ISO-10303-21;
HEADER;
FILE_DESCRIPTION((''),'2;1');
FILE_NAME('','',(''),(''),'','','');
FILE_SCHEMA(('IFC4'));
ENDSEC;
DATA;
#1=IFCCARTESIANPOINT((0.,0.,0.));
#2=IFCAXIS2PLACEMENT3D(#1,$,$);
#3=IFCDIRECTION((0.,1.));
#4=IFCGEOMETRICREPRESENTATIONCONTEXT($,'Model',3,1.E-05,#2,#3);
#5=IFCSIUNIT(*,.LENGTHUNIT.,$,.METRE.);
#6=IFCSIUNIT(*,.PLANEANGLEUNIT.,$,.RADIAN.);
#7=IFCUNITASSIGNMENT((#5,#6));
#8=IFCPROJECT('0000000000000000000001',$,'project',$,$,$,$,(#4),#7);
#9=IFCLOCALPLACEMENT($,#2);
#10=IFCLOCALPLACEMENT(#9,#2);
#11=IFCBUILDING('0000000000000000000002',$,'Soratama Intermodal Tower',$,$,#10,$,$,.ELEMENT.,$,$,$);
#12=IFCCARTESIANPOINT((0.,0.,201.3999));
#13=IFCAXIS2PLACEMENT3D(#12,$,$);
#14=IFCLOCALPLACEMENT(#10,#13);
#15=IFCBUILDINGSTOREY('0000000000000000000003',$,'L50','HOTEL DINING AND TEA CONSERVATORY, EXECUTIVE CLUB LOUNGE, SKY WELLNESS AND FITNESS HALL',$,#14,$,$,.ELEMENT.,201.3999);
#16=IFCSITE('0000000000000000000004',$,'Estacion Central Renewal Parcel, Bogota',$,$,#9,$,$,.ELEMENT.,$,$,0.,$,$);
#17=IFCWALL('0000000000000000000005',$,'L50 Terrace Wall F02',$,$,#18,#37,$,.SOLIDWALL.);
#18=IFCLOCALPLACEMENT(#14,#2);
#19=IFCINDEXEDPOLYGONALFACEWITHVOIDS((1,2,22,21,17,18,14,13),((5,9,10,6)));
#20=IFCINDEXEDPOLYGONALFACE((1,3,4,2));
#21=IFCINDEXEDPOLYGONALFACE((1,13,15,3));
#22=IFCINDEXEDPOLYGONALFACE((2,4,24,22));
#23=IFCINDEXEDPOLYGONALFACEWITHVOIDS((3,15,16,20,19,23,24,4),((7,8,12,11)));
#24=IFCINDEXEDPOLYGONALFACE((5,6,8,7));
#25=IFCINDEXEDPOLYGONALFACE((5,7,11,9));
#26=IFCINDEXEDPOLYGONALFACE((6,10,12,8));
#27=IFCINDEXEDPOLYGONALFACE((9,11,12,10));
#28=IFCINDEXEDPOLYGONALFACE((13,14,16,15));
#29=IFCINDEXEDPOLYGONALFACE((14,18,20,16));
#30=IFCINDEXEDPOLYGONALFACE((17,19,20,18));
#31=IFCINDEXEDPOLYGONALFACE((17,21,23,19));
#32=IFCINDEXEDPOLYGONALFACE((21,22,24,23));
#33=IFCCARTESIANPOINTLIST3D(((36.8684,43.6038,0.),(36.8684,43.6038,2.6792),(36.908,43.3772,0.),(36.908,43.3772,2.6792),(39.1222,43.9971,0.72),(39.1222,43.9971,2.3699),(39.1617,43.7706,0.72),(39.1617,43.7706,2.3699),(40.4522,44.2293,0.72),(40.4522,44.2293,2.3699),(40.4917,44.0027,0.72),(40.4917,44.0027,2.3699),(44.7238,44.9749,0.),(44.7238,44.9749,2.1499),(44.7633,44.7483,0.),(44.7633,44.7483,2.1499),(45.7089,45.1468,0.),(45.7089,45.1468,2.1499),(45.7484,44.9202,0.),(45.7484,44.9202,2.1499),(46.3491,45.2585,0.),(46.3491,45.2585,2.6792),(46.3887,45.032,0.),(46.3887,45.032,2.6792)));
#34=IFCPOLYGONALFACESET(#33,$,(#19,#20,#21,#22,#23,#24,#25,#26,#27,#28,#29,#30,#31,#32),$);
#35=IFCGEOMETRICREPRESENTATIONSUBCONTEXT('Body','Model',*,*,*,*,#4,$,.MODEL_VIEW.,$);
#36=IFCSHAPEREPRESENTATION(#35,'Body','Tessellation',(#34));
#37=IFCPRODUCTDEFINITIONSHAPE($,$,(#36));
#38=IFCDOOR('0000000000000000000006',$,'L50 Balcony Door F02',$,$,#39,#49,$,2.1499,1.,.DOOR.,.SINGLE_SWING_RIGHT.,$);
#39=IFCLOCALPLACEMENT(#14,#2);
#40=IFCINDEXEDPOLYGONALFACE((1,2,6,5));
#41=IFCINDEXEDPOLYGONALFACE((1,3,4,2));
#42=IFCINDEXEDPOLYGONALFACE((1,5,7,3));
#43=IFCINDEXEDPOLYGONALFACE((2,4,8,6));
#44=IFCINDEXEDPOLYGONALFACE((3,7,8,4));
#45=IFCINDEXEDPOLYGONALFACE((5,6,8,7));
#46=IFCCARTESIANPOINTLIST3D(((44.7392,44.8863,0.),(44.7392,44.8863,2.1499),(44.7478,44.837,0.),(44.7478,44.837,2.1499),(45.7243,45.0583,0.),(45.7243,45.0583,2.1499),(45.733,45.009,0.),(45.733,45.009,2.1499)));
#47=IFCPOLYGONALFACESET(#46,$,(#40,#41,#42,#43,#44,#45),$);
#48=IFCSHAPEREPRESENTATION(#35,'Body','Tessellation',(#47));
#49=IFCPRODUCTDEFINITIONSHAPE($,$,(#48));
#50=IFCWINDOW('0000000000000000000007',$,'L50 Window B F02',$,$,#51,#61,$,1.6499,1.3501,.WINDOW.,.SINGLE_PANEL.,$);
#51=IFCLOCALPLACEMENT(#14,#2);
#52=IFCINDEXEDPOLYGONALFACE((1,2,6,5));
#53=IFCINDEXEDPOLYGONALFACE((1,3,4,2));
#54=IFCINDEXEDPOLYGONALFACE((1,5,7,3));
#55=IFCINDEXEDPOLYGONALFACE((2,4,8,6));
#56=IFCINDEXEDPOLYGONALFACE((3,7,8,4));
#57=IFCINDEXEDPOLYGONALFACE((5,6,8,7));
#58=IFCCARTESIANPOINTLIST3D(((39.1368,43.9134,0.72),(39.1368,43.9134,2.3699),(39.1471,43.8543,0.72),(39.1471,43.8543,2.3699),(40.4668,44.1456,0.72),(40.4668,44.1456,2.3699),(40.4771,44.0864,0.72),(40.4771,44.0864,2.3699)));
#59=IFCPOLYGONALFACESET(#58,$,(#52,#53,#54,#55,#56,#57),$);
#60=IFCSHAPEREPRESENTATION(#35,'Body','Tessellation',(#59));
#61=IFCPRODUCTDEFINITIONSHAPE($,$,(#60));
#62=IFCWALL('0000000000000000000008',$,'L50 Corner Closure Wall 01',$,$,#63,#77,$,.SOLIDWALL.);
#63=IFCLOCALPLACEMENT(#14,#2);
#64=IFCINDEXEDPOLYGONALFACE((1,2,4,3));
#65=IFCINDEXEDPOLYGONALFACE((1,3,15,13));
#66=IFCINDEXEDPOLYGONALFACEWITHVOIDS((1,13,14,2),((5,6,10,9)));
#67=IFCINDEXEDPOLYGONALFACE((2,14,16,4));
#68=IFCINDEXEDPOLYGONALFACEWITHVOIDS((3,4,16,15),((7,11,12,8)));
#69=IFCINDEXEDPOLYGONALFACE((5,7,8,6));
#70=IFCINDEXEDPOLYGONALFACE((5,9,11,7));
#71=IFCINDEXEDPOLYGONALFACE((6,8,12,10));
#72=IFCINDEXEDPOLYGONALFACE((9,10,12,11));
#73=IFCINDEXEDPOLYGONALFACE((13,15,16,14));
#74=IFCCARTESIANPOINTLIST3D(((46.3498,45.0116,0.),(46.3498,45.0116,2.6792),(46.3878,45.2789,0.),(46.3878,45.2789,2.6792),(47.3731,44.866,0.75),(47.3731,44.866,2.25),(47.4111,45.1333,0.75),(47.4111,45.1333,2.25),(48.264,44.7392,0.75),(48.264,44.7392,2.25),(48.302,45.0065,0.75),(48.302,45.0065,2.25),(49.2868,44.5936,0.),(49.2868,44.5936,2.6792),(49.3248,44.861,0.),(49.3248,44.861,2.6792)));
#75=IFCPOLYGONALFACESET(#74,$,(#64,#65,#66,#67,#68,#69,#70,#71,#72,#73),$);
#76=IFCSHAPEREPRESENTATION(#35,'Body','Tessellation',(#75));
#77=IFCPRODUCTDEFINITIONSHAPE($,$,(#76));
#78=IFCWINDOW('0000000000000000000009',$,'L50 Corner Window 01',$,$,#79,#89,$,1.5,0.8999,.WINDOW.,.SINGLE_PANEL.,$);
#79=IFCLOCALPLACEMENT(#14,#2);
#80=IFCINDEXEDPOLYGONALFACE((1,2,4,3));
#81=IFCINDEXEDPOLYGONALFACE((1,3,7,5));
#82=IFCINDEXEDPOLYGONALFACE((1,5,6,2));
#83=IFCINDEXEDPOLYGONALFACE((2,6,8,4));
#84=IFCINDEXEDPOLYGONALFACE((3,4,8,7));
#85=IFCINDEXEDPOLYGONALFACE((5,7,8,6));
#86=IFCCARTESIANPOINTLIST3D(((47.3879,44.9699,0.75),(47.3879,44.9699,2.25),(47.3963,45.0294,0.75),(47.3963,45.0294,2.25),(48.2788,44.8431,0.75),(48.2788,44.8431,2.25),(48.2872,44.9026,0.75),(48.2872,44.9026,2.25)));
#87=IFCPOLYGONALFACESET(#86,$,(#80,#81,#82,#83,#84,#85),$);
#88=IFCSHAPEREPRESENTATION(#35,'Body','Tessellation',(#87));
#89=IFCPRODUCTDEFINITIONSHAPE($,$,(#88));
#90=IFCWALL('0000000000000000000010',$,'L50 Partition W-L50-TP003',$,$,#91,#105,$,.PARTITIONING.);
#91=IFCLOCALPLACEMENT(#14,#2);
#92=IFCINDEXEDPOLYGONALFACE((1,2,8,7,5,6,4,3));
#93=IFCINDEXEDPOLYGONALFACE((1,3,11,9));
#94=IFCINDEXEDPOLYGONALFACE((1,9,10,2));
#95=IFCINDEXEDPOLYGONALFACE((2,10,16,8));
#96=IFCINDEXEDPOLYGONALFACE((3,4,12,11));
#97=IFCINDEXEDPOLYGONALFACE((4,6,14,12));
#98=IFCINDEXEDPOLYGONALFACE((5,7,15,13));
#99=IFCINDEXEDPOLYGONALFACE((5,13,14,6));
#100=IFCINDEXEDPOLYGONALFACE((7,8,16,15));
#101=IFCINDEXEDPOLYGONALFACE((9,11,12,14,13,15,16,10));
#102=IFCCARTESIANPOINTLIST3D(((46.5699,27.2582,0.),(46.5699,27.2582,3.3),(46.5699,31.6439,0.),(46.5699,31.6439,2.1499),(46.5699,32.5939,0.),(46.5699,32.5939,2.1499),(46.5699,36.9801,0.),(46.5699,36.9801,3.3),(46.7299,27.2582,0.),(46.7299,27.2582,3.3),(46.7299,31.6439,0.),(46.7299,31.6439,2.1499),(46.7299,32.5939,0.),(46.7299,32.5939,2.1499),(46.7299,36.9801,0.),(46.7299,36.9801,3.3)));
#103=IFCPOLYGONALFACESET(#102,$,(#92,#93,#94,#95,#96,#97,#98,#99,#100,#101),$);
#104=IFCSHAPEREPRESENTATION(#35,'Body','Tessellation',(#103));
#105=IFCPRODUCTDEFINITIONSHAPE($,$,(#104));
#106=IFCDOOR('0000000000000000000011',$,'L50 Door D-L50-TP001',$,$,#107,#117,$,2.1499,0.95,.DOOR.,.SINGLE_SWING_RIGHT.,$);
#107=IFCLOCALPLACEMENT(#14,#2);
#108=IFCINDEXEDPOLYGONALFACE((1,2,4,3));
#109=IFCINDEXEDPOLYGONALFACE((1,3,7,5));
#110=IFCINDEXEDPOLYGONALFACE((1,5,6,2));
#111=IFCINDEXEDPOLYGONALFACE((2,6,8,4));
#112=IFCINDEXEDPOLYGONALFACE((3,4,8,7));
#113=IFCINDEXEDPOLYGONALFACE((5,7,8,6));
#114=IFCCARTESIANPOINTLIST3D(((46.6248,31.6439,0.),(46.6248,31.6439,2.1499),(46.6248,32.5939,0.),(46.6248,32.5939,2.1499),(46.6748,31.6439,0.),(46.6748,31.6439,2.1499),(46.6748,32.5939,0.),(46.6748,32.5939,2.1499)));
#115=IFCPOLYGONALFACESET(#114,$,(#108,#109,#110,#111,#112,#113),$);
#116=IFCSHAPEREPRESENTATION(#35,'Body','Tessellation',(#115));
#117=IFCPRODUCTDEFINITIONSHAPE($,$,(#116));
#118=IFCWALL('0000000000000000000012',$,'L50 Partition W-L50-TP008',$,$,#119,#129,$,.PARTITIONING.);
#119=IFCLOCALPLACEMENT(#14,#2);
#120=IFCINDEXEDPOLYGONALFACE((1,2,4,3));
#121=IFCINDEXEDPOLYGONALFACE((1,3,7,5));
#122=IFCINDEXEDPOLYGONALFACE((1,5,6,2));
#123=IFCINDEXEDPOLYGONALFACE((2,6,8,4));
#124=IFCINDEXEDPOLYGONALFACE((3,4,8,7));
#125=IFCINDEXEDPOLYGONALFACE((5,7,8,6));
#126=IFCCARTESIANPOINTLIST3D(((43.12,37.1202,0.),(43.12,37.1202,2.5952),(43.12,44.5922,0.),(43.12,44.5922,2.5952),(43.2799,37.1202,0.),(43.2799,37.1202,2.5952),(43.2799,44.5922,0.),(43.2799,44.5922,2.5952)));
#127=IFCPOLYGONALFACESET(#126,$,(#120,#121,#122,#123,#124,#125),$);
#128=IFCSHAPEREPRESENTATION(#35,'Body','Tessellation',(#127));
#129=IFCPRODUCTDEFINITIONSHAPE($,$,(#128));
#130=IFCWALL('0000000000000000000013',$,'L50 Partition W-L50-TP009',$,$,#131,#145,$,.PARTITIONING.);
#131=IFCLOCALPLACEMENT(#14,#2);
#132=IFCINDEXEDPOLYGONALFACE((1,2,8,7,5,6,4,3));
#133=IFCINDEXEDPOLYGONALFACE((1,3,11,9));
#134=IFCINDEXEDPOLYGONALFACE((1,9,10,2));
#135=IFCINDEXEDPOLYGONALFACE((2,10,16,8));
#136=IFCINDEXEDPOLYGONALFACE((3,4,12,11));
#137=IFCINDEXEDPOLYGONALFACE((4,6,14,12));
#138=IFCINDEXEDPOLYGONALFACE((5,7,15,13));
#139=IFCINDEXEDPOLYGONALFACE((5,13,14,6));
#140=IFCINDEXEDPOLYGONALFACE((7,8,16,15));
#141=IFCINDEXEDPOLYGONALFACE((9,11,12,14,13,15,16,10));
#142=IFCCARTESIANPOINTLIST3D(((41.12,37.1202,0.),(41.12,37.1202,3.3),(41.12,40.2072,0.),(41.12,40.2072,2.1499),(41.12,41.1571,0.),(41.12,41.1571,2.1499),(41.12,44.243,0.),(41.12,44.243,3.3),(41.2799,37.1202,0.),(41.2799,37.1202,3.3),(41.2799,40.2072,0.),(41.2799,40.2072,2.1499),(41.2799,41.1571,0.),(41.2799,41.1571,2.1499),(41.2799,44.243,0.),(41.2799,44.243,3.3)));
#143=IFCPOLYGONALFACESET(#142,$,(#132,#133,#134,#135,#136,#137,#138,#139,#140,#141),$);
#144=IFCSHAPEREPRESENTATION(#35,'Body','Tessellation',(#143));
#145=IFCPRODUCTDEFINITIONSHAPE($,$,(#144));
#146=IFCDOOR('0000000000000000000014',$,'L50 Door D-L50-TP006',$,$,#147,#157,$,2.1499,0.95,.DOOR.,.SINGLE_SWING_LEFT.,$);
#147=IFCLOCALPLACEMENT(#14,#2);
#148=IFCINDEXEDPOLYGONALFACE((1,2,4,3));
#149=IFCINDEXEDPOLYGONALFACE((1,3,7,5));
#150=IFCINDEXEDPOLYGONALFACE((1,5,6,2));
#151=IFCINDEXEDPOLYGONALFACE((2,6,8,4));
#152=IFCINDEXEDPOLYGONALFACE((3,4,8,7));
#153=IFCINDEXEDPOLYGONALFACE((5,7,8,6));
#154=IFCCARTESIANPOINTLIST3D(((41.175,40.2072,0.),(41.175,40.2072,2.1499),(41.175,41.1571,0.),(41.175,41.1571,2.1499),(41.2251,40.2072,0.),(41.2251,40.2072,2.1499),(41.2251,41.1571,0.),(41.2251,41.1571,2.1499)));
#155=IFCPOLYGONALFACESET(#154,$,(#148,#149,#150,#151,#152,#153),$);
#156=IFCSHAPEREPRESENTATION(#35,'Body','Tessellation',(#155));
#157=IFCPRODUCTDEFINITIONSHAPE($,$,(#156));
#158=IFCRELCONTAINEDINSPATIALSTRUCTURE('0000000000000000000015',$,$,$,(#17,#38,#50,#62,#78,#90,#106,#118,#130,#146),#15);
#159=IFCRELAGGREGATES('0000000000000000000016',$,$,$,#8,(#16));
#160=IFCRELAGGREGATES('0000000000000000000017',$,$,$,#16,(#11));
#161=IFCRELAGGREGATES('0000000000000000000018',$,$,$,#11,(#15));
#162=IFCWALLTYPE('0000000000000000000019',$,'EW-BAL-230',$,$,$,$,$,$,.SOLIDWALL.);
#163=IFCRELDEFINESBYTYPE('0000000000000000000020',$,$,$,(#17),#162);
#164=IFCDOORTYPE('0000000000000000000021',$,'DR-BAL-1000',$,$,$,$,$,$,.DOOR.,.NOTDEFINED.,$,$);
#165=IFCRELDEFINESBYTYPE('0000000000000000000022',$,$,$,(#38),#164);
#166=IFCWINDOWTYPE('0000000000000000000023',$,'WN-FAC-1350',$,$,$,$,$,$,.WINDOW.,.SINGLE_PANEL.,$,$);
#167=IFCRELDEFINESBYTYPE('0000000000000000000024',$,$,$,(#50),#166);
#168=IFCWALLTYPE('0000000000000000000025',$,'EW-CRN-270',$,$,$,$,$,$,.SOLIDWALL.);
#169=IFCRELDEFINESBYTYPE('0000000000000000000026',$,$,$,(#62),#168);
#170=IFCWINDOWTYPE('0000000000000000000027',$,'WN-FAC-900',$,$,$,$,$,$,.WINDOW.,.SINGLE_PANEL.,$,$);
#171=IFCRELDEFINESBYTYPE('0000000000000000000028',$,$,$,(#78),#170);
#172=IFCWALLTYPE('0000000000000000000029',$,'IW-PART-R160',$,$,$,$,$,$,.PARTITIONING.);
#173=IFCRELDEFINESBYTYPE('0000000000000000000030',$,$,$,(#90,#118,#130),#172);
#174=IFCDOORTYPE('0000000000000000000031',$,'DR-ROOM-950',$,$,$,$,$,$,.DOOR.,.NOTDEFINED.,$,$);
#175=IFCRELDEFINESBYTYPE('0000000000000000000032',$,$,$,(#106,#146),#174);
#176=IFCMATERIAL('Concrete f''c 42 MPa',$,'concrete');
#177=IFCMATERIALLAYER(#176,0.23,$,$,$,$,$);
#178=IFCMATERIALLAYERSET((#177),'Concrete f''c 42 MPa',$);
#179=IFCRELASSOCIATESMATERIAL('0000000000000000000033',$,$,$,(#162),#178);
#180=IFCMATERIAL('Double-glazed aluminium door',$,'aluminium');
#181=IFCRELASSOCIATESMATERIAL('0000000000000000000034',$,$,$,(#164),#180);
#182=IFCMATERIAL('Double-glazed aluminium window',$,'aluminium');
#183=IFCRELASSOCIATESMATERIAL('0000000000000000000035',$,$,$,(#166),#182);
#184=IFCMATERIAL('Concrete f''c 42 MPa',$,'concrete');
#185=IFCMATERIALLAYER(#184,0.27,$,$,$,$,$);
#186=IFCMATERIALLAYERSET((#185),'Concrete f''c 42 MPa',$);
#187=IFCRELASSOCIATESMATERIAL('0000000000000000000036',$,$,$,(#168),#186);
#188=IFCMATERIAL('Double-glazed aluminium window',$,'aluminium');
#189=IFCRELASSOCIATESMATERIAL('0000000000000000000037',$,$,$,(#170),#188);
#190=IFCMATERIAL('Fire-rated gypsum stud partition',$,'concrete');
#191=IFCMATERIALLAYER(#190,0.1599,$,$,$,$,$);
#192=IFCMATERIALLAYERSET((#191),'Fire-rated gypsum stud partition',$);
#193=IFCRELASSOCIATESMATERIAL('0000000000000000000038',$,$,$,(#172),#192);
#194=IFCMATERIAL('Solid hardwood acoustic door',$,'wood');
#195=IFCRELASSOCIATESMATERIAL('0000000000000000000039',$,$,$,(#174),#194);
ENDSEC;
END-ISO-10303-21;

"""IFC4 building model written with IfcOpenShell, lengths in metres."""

from ifc_helpers import new_model, si_unit, direction, frame, frame_2d, origin, place, context, subcontext, project, spatial, rectangle, extrude, material, layer, layer_set, type_object, element, fill, save


model = new_model("IFC4")

# Units and contexts
model_context = context("Model", 3, precision=1e-05, world=origin(), true_north=direction((0.0, 1.0)))
body_context = subcontext(model_context, "Body", "Model", "MODEL_VIEW")
ifc_project = project(units=[si_unit("LENGTHUNIT", "METRE"), si_unit("PLANEANGLEUNIT", "RADIAN")], contexts=[model_context])

# Site, building, storey
site_placement = place(None, origin())
site = spatial("IfcSite", under=ifc_project, at=site_placement, Name="Estacion Central Renewal Parcel, Bogota", CompositionType="ELEMENT", RefElevation=0.0)
building_placement = place(site_placement, origin())
building = spatial("IfcBuilding", under=site, at=building_placement, Name="Soratama Intermodal Tower", CompositionType="ELEMENT")
storey_placement = place(building_placement, frame((0.0, 0.0, 201.3999)))
storey = spatial("IfcBuildingStorey", under=building, at=storey_placement, Name="L50", Description="HOTEL DINING AND TEA CONSERVATORY, EXECUTIVE CLUB LOUNGE, SKY WELLNESS AND FITNESS HALL", CompositionType="ELEMENT", Elevation=201.3999)

# Wall, openings, door, window
ifc_material_1 = material(Name="Concrete f'c 42 MPa", Category="concrete")
ifc_layer_1 = layer(ifc_material_1, 0.23)
ifc_layer_set_1 = layer_set([ifc_layer_1], Name="Concrete f'c 42 MPa")
wall_type_1 = type_object("IfcWallType", Name="EW-BAL-230", PredefinedType="SOLIDWALL", material=ifc_layer_set_1)
wall_1_placement = place(storey_placement, frame((46.3689, 45.1453, 0.0), z_axis=(0.0, 0.0, 1.0), x_axis=(-0.985107, -0.171943, 0.0)))
wall_1 = element("IfcWall", 1, at=wall_1_placement, inside=storey, type_object=wall_type_1, Name="L50 Terrace Wall F02", PredefinedType="SOLIDWALL", context=body_context, shape_type="SweptSolid", body=[
    extrude(rectangle(XDim=9.624, YDim=0.23, at=frame_2d((4.812, 0.0))), origin(), (0.0, 0.0, 1.0), 2.6792),
])
opening_1_placement = place(wall_1_placement, frame((0.6499, 0.0, 0.0)))
opening_1 = element("IfcOpeningElement", 2, at=opening_1_placement, cuts=wall_1, PredefinedType="OPENING", context=body_context, shape_type="SweptSolid", body=[
    extrude(rectangle(XDim=1.0, YDim=2.1499, at=frame_2d((0.5, 1.075))), frame((0.0, 0.125, 0.0), z_axis=(0.0, -1.0, 0.0), x_axis=(1.0, 0.0, 0.0)), (0.0, 0.0, 1.0), 0.25),
])
opening_2_placement = place(wall_1_placement, frame((5.9861, 0.0, 0.72)))
opening_2 = element("IfcOpeningElement", 3, at=opening_2_placement, cuts=wall_1, PredefinedType="OPENING", context=body_context, shape_type="SweptSolid", body=[
    extrude(rectangle(XDim=1.3501, YDim=1.6499, at=frame_2d((0.675, 0.825))), frame((0.0, 0.125, 0.0), z_axis=(0.0, -1.0, 0.0), x_axis=(1.0, 0.0, 0.0)), (0.0, 0.0, 1.0), 0.25),
])
ifc_material_2 = material(Name="Double-glazed aluminium door", Category="aluminium")
door_type_1 = type_object("IfcDoorType", Name="DR-BAL-1000", OperationType="NOTDEFINED", PredefinedType="DOOR", material=ifc_material_2)
door_1_placement = place(opening_1_placement, origin())
door_1 = element("IfcDoor", 4, at=door_1_placement, inside=storey, type_object=door_type_1, Name="L50 Balcony Door F02", OperationType="SINGLE_SWING_RIGHT", OverallHeight=2.1499, OverallWidth=1.0, PredefinedType="DOOR", context=body_context, shape_type="SweptSolid", body=[
    extrude(rectangle(XDim=1.0, YDim=2.1499, at=frame_2d((0.5, 1.075))), frame((0.0, 0.0249, 0.0), z_axis=(0.0, -1.0, 0.0), x_axis=(1.0, 0.0, 0.0)), (0.0, 0.0, 1.0), 0.05),
])
fill(opening_1, door_1)
ifc_material_3 = material(Name="Double-glazed aluminium window", Category="aluminium")
window_type_1 = type_object("IfcWindowType", Name="WN-FAC-1350", PartitioningType="SINGLE_PANEL", PredefinedType="WINDOW", material=ifc_material_3)
window_1_placement = place(opening_2_placement, origin())
window_1 = element("IfcWindow", 5, at=window_1_placement, inside=storey, type_object=window_type_1, Name="L50 Window B F02", OverallHeight=1.6499, OverallWidth=1.3501, PartitioningType="SINGLE_PANEL", PredefinedType="WINDOW", context=body_context, shape_type="SweptSolid", body=[
    extrude(rectangle(XDim=1.3501, YDim=1.6499, at=frame_2d((0.675, 0.825))), frame((0.0, 0.03, 0.0), z_axis=(0.0, -1.0, 0.0), x_axis=(1.0, 0.0, 0.0)), (0.0, 0.0, 1.0), 0.0601),
])
fill(opening_2, window_1)

# Wall, opening, window
ifc_material_4 = material(Name="Concrete f'c 42 MPa", Category="concrete")
ifc_layer_2 = layer(ifc_material_4, 0.27)
ifc_layer_set_2 = layer_set([ifc_layer_2], Name="Concrete f'c 42 MPa")
wall_type_2 = type_object("IfcWallType", Name="EW-CRN-270", PredefinedType="SOLIDWALL", material=ifc_layer_set_2)
wall_2_placement = place(storey_placement, frame((49.3059, 44.7273, 0.0), z_axis=(0.0, 0.0, 1.0), x_axis=(-0.990025, 0.140891, 0.0)))
wall_2 = element("IfcWall", 6, at=wall_2_placement, inside=storey, type_object=wall_type_2, Name="L50 Corner Closure Wall 01", PredefinedType="SOLIDWALL", context=body_context, shape_type="SweptSolid", body=[
    extrude(rectangle(XDim=2.9666, YDim=0.27, at=frame_2d((1.4834, 0.0))), origin(), (0.0, 0.0, 1.0), 2.6792),
])
opening_3_placement = place(wall_2_placement, frame((1.0332, 0.0, 0.75)))
opening_3 = element("IfcOpeningElement", 7, at=opening_3_placement, cuts=wall_2, PredefinedType="OPENING", context=body_context, shape_type="SweptSolid", body=[
    extrude(rectangle(XDim=0.8999, YDim=1.5, at=frame_2d((0.45, 0.75))), frame((0.0, 0.145, 0.0), z_axis=(0.0, -1.0, 0.0), x_axis=(1.0, 0.0, 0.0)), (0.0, 0.0, 1.0), 0.29),
])
ifc_material_5 = material(Name="Double-glazed aluminium window", Category="aluminium")
window_type_2 = type_object("IfcWindowType", Name="WN-FAC-900", PartitioningType="SINGLE_PANEL", PredefinedType="WINDOW", material=ifc_material_5)
window_2_placement = place(opening_3_placement, origin())
window_2 = element("IfcWindow", 8, at=window_2_placement, inside=storey, type_object=window_type_2, Name="L50 Corner Window 01", OverallHeight=1.5, OverallWidth=0.8999, PartitioningType="SINGLE_PANEL", PredefinedType="WINDOW", context=body_context, shape_type="SweptSolid", body=[
    extrude(rectangle(XDim=0.8999, YDim=1.5, at=frame_2d((0.45, 0.75))), frame((0.0, 0.03, 0.0), z_axis=(0.0, -1.0, 0.0), x_axis=(1.0, 0.0, 0.0)), (0.0, 0.0, 1.0), 0.0601),
])
fill(opening_3, window_2)

# Wall, opening, door
ifc_material_6 = material(Name="Fire-rated gypsum stud partition", Category="concrete")
ifc_layer_3 = layer(ifc_material_6, 0.1599)
ifc_layer_set_3 = layer_set([ifc_layer_3], Name="Fire-rated gypsum stud partition")
wall_type_3 = type_object("IfcWallType", Name="IW-PART-R160", PredefinedType="PARTITIONING", material=ifc_layer_set_3)
wall_3_placement = place(storey_placement, frame((46.6499, 36.98, 0.0), z_axis=(0.0, 0.0, 1.0), x_axis=(0.0, -1.0, 0.0)))
wall_3 = element("IfcWall", 9, at=wall_3_placement, inside=storey, type_object=wall_type_3, Name="L50 Partition W-L50-TP003", PredefinedType="PARTITIONING", context=body_context, shape_type="SweptSolid", body=[
    extrude(rectangle(XDim=9.7219, YDim=0.1599, at=frame_2d((4.8608, 0.0))), origin(), (0.0, 0.0, 1.0), 3.3),
])
opening_4_placement = place(wall_3_placement, frame((4.386, 0.0, 0.0)))
opening_4 = element("IfcOpeningElement", 10, at=opening_4_placement, cuts=wall_3, PredefinedType="OPENING", context=body_context, shape_type="SweptSolid", body=[
    extrude(rectangle(XDim=0.95, YDim=2.1499, at=frame_2d((0.4751, 1.075))), frame((0.0, 0.0898, 0.0), z_axis=(0.0, -1.0, 0.0), x_axis=(1.0, 0.0, 0.0)), (0.0, 0.0, 1.0), 0.1799),
])
ifc_material_7 = material(Name="Solid hardwood acoustic door", Category="wood")
door_type_2 = type_object("IfcDoorType", Name="DR-ROOM-950", OperationType="NOTDEFINED", PredefinedType="DOOR", material=ifc_material_7)
door_2_placement = place(opening_4_placement, origin())
door_2 = element("IfcDoor", 11, at=door_2_placement, inside=storey, type_object=door_type_2, Name="L50 Door D-L50-TP001", OperationType="SINGLE_SWING_RIGHT", OverallHeight=2.1499, OverallWidth=0.95, PredefinedType="DOOR", context=body_context, shape_type="SweptSolid", body=[
    extrude(rectangle(XDim=0.95, YDim=2.1499, at=frame_2d((0.4751, 1.075))), frame((0.0, 0.0249, 0.0), z_axis=(0.0, -1.0, 0.0), x_axis=(1.0, 0.0, 0.0)), (0.0, 0.0, 1.0), 0.05),
])
fill(opening_4, door_2)

# Wall
wall_4_placement = place(storey_placement, frame((43.2, 44.592, 0.0), z_axis=(0.0, 0.0, 1.0), x_axis=(0.0, -1.0, 0.0)))
element("IfcWall", 12, at=wall_4_placement, inside=storey, type_object=wall_type_3, Name="L50 Partition W-L50-TP008", PredefinedType="PARTITIONING", context=body_context, shape_type="SweptSolid", body=[
    extrude(rectangle(XDim=7.4719, YDim=0.1599, at=frame_2d((3.7358, 0.0))), origin(), (0.0, 0.0, 1.0), 2.5952),
])

# Wall, opening, door
wall_5_placement = place(storey_placement, frame((41.2, 37.1201, 0.0), z_axis=(0.0, 0.0, 1.0), x_axis=(0.0, 1.0, 0.0)))
wall_5 = element("IfcWall", 13, at=wall_5_placement, inside=storey, type_object=wall_type_3, Name="L50 Partition W-L50-TP009", PredefinedType="PARTITIONING", context=body_context, shape_type="SweptSolid", body=[
    extrude(rectangle(XDim=7.1228, YDim=0.1599, at=frame_2d((3.5615, 0.0))), origin(), (0.0, 0.0, 1.0), 3.3),
])
opening_5_placement = place(wall_5_placement, frame((3.0869, 0.0, 0.0)))
opening_5 = element("IfcOpeningElement", 14, at=opening_5_placement, cuts=wall_5, PredefinedType="OPENING", context=body_context, shape_type="SweptSolid", body=[
    extrude(rectangle(XDim=0.95, YDim=2.1499, at=frame_2d((0.4751, 1.075))), frame((0.0, 0.0898, 0.0), z_axis=(0.0, -1.0, 0.0), x_axis=(1.0, 0.0, 0.0)), (0.0, 0.0, 1.0), 0.1799),
])
door_3_placement = place(opening_5_placement, origin())
door_3 = element("IfcDoor", 15, at=door_3_placement, inside=storey, type_object=door_type_2, Name="L50 Door D-L50-TP006", OperationType="SINGLE_SWING_LEFT", OverallHeight=2.1499, OverallWidth=0.95, PredefinedType="DOOR", context=body_context, shape_type="SweptSolid", body=[
    extrude(rectangle(XDim=0.95, YDim=2.1499, at=frame_2d((0.4751, 1.075))), frame((0.0, 0.0249, 0.0), z_axis=(0.0, -1.0, 0.0), x_axis=(1.0, 0.0, 0.0)), (0.0, 0.0, 1.0), 0.05),
])
fill(opening_5, door_3)

save(model, "model.ifc")
